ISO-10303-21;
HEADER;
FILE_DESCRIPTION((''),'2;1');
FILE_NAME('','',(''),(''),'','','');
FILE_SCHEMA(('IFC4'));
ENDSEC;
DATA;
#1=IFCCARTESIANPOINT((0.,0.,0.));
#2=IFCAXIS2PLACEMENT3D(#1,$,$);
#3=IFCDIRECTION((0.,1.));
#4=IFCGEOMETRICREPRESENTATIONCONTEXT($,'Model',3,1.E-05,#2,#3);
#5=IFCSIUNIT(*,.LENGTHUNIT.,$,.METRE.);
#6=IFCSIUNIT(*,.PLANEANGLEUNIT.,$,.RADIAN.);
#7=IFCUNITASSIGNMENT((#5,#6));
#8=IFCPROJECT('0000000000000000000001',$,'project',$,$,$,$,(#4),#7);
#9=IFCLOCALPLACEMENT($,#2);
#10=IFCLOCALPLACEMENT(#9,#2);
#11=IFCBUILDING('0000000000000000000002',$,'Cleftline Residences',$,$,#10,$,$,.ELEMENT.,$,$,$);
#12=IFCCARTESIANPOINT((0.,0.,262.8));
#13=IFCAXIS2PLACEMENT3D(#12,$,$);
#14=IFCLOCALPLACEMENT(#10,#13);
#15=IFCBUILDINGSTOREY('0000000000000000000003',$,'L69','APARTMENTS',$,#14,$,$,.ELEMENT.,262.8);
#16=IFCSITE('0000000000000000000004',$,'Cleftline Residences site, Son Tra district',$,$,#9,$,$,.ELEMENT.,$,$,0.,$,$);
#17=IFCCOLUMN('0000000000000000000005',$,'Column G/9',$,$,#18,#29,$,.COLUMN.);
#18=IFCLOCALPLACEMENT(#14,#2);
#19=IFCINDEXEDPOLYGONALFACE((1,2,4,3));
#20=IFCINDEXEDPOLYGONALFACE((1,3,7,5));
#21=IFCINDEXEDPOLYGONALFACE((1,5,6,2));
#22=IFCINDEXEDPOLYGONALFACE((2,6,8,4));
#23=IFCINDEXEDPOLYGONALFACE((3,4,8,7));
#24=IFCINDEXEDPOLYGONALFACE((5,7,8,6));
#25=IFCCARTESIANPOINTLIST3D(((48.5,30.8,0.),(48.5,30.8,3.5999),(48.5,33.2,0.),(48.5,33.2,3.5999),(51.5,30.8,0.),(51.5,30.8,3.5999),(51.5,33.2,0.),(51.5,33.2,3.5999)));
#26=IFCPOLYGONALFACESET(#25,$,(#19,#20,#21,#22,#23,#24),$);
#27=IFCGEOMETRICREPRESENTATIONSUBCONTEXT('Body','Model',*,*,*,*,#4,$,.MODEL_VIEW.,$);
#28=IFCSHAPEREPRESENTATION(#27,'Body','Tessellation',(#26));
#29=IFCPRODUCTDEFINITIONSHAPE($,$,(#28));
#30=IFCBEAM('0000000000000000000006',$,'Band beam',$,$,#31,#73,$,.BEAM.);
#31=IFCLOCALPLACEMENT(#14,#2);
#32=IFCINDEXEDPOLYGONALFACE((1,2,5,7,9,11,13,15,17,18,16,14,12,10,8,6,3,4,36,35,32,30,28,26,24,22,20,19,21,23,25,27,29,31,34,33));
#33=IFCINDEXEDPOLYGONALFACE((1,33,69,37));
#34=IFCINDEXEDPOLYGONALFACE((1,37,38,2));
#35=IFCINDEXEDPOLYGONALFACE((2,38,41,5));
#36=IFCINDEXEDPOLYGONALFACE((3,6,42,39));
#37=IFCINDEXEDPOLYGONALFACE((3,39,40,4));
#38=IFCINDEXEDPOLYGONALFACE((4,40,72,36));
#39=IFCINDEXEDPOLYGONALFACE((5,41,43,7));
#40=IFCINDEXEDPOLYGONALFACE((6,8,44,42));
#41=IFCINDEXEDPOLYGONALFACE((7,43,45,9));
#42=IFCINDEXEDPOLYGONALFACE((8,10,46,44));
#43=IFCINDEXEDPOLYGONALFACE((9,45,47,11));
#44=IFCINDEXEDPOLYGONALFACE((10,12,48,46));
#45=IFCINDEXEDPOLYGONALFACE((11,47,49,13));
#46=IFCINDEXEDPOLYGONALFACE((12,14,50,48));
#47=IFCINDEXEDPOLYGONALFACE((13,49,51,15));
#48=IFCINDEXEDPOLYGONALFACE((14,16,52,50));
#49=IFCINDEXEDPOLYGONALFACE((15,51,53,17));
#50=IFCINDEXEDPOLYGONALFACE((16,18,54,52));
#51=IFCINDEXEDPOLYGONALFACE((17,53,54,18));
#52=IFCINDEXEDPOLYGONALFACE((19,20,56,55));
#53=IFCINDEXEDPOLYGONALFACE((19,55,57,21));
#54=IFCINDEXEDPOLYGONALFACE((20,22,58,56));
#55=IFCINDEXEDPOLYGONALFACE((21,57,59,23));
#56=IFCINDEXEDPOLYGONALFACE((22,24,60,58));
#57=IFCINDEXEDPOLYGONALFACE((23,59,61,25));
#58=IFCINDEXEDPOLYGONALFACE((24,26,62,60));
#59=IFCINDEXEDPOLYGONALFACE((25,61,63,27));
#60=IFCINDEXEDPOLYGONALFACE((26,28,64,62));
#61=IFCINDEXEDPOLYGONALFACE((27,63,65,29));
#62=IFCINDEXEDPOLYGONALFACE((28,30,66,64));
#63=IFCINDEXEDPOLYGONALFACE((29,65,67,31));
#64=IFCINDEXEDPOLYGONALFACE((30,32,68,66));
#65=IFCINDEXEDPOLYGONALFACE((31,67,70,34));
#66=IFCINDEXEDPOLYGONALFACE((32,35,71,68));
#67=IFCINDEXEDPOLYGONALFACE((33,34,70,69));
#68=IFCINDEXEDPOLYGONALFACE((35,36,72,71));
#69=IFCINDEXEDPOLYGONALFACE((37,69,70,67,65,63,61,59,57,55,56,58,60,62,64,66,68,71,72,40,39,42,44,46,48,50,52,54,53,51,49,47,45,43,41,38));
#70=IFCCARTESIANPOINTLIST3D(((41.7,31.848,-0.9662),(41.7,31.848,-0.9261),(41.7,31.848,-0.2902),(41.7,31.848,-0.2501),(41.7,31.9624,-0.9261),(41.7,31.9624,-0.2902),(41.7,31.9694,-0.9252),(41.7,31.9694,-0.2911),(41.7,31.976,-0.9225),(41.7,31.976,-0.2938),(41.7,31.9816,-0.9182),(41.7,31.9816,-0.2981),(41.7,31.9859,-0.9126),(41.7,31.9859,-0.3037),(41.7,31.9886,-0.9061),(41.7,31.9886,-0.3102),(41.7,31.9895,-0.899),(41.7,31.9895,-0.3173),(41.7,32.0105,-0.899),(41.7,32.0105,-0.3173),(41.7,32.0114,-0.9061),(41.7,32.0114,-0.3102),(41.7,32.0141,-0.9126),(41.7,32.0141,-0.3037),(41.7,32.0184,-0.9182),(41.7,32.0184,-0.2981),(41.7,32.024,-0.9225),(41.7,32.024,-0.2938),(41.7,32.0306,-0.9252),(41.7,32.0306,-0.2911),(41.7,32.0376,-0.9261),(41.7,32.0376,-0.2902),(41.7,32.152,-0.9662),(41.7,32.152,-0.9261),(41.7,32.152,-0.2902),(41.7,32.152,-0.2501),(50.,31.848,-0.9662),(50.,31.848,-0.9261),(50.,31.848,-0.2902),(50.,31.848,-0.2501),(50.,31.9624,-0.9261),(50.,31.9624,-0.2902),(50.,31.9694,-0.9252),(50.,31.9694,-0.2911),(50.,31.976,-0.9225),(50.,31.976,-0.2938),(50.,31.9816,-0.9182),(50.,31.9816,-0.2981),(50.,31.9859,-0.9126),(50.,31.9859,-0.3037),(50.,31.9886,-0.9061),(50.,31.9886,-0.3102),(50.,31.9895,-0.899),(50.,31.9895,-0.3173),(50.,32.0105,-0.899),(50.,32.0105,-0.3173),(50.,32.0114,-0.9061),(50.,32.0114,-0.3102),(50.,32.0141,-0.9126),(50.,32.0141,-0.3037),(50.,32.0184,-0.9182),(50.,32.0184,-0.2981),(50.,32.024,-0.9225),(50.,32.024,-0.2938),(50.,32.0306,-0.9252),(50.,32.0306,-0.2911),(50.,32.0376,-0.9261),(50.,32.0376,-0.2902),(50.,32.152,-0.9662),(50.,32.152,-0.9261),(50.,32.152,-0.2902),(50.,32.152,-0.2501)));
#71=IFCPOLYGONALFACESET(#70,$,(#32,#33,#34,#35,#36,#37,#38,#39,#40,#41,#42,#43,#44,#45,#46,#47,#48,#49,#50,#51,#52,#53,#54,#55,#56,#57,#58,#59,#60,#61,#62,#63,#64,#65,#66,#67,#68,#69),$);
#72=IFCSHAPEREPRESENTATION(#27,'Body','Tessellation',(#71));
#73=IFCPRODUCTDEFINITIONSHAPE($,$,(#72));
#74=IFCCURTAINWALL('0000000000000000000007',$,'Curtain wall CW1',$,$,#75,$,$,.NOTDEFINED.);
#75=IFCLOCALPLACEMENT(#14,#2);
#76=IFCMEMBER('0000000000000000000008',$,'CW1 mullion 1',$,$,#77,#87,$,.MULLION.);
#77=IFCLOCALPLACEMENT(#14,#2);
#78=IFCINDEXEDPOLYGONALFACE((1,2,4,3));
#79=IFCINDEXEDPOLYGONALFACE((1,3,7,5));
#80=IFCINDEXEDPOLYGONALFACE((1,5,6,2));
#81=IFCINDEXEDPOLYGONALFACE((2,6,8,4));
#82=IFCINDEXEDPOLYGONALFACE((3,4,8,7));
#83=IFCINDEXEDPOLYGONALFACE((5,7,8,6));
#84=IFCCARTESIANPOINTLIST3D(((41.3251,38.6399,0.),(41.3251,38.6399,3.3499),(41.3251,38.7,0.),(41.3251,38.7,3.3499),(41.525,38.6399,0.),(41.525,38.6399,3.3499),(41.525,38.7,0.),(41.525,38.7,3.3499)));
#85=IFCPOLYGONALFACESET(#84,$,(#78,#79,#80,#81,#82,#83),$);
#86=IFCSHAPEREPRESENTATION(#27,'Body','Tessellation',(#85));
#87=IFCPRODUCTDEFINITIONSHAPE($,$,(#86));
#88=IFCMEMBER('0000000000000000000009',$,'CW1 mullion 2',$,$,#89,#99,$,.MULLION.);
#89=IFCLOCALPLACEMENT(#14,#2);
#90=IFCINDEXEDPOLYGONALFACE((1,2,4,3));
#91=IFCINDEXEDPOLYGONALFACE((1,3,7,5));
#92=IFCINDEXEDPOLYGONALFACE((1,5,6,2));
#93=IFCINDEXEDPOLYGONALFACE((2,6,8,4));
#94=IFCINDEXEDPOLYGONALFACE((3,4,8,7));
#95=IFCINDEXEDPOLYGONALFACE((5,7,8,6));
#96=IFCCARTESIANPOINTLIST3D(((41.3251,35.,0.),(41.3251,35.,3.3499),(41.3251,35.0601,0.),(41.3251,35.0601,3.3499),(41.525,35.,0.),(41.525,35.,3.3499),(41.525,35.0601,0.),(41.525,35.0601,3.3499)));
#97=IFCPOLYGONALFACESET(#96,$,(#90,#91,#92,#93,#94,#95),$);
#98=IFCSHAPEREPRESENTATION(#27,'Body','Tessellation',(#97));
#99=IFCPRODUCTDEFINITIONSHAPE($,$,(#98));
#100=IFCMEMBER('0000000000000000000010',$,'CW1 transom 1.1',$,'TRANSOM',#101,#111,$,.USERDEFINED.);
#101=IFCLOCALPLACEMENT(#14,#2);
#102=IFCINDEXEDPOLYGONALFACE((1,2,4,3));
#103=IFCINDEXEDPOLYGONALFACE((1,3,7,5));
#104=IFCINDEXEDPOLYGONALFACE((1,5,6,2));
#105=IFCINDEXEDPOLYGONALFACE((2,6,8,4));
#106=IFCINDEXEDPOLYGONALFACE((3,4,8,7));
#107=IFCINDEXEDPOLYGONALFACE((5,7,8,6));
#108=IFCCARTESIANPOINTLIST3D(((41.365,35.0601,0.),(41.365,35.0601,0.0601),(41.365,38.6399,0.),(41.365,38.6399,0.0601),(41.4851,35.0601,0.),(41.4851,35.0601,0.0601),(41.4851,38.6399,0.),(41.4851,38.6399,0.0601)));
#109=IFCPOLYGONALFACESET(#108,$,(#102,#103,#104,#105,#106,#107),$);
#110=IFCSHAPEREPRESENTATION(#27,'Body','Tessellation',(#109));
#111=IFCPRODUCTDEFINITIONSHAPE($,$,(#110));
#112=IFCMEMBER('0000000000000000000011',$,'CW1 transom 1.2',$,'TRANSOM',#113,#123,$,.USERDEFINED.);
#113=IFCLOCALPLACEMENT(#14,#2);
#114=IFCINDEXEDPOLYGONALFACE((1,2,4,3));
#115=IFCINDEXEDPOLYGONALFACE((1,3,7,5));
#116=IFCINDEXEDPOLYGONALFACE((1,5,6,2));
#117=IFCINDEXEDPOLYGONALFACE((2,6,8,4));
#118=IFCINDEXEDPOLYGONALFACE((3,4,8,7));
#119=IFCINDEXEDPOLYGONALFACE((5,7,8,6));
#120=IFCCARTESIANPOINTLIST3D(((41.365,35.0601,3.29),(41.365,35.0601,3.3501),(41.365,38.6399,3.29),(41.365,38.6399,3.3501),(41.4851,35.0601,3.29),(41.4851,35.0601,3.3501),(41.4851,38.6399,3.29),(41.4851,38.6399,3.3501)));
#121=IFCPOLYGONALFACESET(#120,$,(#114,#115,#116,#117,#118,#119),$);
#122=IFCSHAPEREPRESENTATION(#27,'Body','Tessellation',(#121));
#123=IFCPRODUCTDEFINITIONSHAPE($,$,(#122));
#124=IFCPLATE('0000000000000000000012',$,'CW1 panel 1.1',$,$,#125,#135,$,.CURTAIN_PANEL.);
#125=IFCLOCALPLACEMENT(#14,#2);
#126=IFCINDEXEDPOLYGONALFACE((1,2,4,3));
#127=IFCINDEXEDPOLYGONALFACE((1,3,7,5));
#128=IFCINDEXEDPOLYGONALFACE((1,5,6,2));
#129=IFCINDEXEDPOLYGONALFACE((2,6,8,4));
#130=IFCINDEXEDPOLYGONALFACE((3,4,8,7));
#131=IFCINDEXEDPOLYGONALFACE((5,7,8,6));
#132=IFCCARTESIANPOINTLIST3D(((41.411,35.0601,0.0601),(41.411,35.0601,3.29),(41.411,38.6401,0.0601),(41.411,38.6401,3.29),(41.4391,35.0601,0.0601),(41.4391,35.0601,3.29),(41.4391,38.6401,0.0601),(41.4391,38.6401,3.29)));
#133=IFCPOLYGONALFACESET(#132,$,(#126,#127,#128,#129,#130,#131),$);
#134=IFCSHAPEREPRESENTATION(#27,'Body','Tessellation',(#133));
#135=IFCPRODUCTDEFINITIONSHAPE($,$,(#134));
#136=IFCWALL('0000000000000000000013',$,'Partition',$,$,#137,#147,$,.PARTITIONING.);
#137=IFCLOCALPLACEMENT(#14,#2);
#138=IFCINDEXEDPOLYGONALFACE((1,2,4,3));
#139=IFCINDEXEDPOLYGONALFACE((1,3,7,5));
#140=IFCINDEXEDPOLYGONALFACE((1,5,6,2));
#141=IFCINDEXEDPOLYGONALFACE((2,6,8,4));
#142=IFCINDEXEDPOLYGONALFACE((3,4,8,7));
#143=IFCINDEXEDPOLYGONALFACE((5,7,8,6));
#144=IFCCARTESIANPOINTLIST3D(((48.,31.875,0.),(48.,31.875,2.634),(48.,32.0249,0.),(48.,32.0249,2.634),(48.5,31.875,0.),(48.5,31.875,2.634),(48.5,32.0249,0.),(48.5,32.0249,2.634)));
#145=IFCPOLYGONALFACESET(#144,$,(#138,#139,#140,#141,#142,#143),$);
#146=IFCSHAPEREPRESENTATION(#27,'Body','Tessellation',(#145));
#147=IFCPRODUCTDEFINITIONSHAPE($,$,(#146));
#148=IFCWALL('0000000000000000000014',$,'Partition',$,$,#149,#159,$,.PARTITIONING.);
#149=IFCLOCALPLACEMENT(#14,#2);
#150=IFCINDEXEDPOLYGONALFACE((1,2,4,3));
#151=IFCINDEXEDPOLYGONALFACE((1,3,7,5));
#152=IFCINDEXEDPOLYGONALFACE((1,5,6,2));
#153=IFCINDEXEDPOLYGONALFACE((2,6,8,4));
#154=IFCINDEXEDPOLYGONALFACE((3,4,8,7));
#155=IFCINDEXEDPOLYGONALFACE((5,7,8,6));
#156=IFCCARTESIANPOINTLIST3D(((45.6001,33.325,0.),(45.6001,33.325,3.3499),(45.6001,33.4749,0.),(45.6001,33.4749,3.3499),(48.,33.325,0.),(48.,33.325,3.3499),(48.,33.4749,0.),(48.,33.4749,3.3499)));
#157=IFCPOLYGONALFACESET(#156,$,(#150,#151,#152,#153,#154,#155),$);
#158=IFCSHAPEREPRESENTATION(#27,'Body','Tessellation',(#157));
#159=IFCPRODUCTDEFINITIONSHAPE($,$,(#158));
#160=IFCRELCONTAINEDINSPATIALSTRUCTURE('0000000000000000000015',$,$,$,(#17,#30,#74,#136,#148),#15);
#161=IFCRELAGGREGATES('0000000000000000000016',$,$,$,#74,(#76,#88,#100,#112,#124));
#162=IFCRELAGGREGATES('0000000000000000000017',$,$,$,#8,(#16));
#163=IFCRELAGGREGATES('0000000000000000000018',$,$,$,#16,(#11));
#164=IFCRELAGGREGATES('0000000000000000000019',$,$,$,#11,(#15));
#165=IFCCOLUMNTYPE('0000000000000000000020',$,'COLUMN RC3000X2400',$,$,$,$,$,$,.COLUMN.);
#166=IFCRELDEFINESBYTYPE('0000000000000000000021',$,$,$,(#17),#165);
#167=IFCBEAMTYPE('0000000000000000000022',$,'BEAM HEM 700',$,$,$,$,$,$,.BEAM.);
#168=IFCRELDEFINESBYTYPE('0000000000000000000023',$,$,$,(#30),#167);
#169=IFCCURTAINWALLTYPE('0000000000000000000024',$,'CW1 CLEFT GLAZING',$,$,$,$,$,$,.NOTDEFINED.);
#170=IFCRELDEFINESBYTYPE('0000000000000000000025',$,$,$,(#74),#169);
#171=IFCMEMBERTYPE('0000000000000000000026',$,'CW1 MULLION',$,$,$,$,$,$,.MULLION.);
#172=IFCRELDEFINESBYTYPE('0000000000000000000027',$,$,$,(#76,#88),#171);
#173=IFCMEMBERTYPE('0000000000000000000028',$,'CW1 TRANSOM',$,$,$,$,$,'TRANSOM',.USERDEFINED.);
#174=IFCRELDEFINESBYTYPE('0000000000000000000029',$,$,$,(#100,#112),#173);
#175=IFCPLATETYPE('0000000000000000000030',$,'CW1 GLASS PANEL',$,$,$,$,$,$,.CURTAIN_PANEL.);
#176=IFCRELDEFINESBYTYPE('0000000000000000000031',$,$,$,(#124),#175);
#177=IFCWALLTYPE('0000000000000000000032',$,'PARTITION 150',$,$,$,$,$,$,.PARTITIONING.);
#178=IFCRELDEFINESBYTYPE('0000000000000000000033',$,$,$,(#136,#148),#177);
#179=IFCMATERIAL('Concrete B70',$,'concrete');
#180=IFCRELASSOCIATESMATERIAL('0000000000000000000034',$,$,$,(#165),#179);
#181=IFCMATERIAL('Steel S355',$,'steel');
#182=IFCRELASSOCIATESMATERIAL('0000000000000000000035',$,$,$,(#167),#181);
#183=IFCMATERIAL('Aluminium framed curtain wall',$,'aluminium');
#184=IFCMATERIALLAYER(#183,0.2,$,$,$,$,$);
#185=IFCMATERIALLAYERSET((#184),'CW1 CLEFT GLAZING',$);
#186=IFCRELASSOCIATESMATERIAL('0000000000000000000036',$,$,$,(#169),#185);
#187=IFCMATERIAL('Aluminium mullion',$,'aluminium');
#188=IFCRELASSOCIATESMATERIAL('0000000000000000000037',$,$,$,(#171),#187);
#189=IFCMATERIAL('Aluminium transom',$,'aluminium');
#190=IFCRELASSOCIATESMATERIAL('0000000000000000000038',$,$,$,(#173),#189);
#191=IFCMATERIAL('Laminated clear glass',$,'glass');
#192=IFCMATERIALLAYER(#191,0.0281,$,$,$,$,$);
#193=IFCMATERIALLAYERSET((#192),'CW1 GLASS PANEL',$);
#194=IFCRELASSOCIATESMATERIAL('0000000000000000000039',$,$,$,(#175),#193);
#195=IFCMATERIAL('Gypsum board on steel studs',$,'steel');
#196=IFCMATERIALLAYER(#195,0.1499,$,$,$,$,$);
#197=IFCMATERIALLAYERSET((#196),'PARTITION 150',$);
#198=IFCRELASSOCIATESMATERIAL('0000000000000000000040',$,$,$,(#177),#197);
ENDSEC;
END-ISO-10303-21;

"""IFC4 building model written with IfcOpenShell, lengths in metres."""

from ifc_helpers import new_model, si_unit, direction, frame, frame_2d, origin, origin_2d, place, context, subcontext, project, spatial, rectangle, i_section, extrude, material, layer, layer_set, material_profile, profile_set, type_object, element, aggregate, save


model = new_model("IFC4")

# Units and contexts
model_context = context("Model", 3, precision=1e-05, world=origin(), true_north=direction((0.0, 1.0)))
body_context = subcontext(model_context, "Body", "Model", "MODEL_VIEW")
ifc_project = project(units=[si_unit("LENGTHUNIT", "METRE"), si_unit("PLANEANGLEUNIT", "RADIAN")], contexts=[model_context])

# Site, building, storey
site_placement = place(None, origin())
site = spatial("IfcSite", under=ifc_project, at=site_placement, Name="Cleftline Residences site, Son Tra district", CompositionType="ELEMENT", RefElevation=0.0)
building_placement = place(site_placement, origin())
building = spatial("IfcBuilding", under=site, at=building_placement, Name="Cleftline Residences", CompositionType="ELEMENT")
storey_placement = place(building_placement, frame((0.0, 0.0, 262.8)))
storey = spatial("IfcBuildingStorey", under=building, at=storey_placement, Name="L69", Description="APARTMENTS", CompositionType="ELEMENT", Elevation=262.8)

# Column
ifc_material_1 = material(Name="Concrete B70", Category="concrete")
ifc_material_profile_1 = material_profile(ifc_material_1, rectangle(XDim=3.0, YDim=2.3999, at=origin_2d()))
ifc_profile_set_1 = profile_set([ifc_material_profile_1], Name="Concrete B70")
column_type = type_object("IfcColumnType", Name="COLUMN RC3000X2400", PredefinedType="COLUMN", material=ifc_profile_set_1)
column_placement = place(storey_placement, frame((50.0, 32.0, 0.0), z_axis=(0.0, 0.0, 1.0), x_axis=(1.0, 0.0, 0.0)))
element("IfcColumn", 1, at=column_placement, inside=storey, type_object=column_type, Name="Column G/9", PredefinedType="COLUMN", context=body_context, shape_type="SweptSolid", body=[
    extrude(rectangle(XDim=3.0, YDim=2.3999, at=origin_2d()), origin(), (0.0, 0.0, 1.0), 3.5999),
])

# Beam
ifc_material_2 = material(Name="Steel S355", Category="steel")
ifc_material_profile_2 = material_profile(ifc_material_2, i_section(OverallWidth=0.304, OverallDepth=0.7161, WebThickness=0.021, FlangeThickness=0.04, FilletRadius=0.0271, at=origin_2d()))
ifc_profile_set_2 = profile_set([ifc_material_profile_2], Name="Steel S355")
beam_type = type_object("IfcBeamType", Name="BEAM HEM 700", PredefinedType="BEAM", material=ifc_profile_set_2)
beam_placement = place(storey_placement, frame((50.0, 32.0, -0.6082), z_axis=(-1.0, 0.0, 0.0), x_axis=(0.0, -1.0, 0.0)))
element("IfcBeam", 2, at=beam_placement, inside=storey, type_object=beam_type, Name="Band beam", PredefinedType="BEAM", context=body_context, shape_type="SweptSolid", body=[
    extrude(i_section(OverallWidth=0.304, OverallDepth=0.7161, WebThickness=0.021, FlangeThickness=0.04, FilletRadius=0.0271, at=origin_2d()), origin(), (0.0, 0.0, 1.0), 8.3),
])

# Curtain wall, members, plate
ifc_material_3 = material(Name="Aluminium framed curtain wall", Category="aluminium")
ifc_layer_1 = layer(ifc_material_3, 0.2)
ifc_layer_set_1 = layer_set([ifc_layer_1], Name="CW1 CLEFT GLAZING")
curtain_wall_type = type_object("IfcCurtainWallType", Name="CW1 CLEFT GLAZING", PredefinedType="NOTDEFINED", material=ifc_layer_set_1)
curtain_wall_placement = place(storey_placement, origin())
curtain_wall = element("IfcCurtainWall", 3, at=curtain_wall_placement, inside=storey, type_object=curtain_wall_type, Name="Curtain wall CW1", PredefinedType="NOTDEFINED")
ifc_material_4 = material(Name="Aluminium mullion", Category="aluminium")
ifc_material_profile_3 = material_profile(ifc_material_4, rectangle(XDim=0.2, YDim=0.0601, at=origin_2d()))
ifc_profile_set_3 = profile_set([ifc_material_profile_3], Name="Aluminium mullion")
member_type_1 = type_object("IfcMemberType", Name="CW1 MULLION", PredefinedType="MULLION", material=ifc_profile_set_3)
member_1_placement = place(storey_placement, frame((41.425, 38.6699, 0.0), z_axis=(0.0, 0.0, 1.0), x_axis=(1.0, 0.0, 0.0)))
member_1 = element("IfcMember", 4, at=member_1_placement, type_object=member_type_1, Name="CW1 mullion 1", PredefinedType="MULLION", context=body_context, shape_type="SweptSolid", body=[
    extrude(rectangle(XDim=0.2, YDim=0.0601, at=origin_2d()), origin(), (0.0, 0.0, 1.0), 3.3499),
])
member_2_placement = place(storey_placement, frame((41.425, 35.03, 0.0), z_axis=(0.0, 0.0, 1.0), x_axis=(1.0, 0.0, 0.0)))
member_2 = element("IfcMember", 5, at=member_2_placement, type_object=member_type_1, Name="CW1 mullion 2", PredefinedType="MULLION", context=body_context, shape_type="SweptSolid", body=[
    extrude(rectangle(XDim=0.2, YDim=0.0601, at=origin_2d()), origin(), (0.0, 0.0, 1.0), 3.3499),
])
ifc_material_5 = material(Name="Aluminium transom", Category="aluminium")
ifc_material_profile_4 = material_profile(ifc_material_5, rectangle(XDim=0.1201, YDim=0.0601, at=origin_2d()))
ifc_profile_set_4 = profile_set([ifc_material_profile_4], Name="Aluminium transom")
member_type_2 = type_object("IfcMemberType", Name="CW1 TRANSOM", ElementType="TRANSOM", PredefinedType="USERDEFINED", material=ifc_profile_set_4)
member_3_placement = place(storey_placement, frame((41.425, 38.6399, 0.03), z_axis=(0.0, -1.0, 0.0), x_axis=(1.0, 0.0, 0.0)))
member_3 = element("IfcMember", 6, at=member_3_placement, type_object=member_type_2, Name="CW1 transom 1.1", ObjectType="TRANSOM", PredefinedType="USERDEFINED", context=body_context, shape_type="SweptSolid", body=[
    extrude(rectangle(XDim=0.1201, YDim=0.0601, at=origin_2d()), origin(), (0.0, 0.0, 1.0), 3.5798),
])
member_4_placement = place(storey_placement, frame((41.425, 38.6399, 3.3201), z_axis=(0.0, -1.0, 0.0), x_axis=(1.0, 0.0, 0.0)))
member_4 = element("IfcMember", 7, at=member_4_placement, type_object=member_type_2, Name="CW1 transom 1.2", ObjectType="TRANSOM", PredefinedType="USERDEFINED", context=body_context, shape_type="SweptSolid", body=[
    extrude(rectangle(XDim=0.1201, YDim=0.0601, at=origin_2d()), origin(), (0.0, 0.0, 1.0), 3.5798),
])
ifc_material_6 = material(Name="Laminated clear glass", Category="glass")
ifc_layer_2 = layer(ifc_material_6, 0.0281)
ifc_layer_set_2 = layer_set([ifc_layer_2], Name="CW1 GLASS PANEL")
plate_type = type_object("IfcPlateType", Name="CW1 GLASS PANEL", PredefinedType="CURTAIN_PANEL", material=ifc_layer_set_2)
plate_placement = place(storey_placement, frame((41.425, 36.8501, 0.0601), z_axis=(0.0, 0.0, 1.0), x_axis=(0.0, -1.0, 0.0)))
plate = element("IfcPlate", 8, at=plate_placement, type_object=plate_type, Name="CW1 panel 1.1", PredefinedType="CURTAIN_PANEL", context=body_context, shape_type="SweptSolid", body=[
    extrude(rectangle(XDim=3.5801, YDim=0.0281, at=origin_2d()), origin(), (0.0, 0.0, 1.0), 3.23),
])
aggregate(curtain_wall, [member_1, member_2, member_3, member_4, plate])

# Walls
ifc_material_7 = material(Name="Gypsum board on steel studs", Category="steel")
ifc_layer_3 = layer(ifc_material_7, 0.1499)
ifc_layer_set_3 = layer_set([ifc_layer_3], Name="PARTITION 150")
wall_type = type_object("IfcWallType", Name="PARTITION 150", PredefinedType="PARTITIONING", material=ifc_layer_set_3)
wall_1_placement = place(storey_placement, frame((48.0, 31.95, 0.0), z_axis=(0.0, 0.0, 1.0), x_axis=(1.0, 0.0, 0.0)))
element("IfcWall", 9, at=wall_1_placement, inside=storey, type_object=wall_type, Name="Partition", PredefinedType="PARTITIONING", context=body_context, shape_type="SweptSolid", body=[
    extrude(rectangle(XDim=0.5, YDim=0.1499, at=frame_2d((0.25, 0.0))), origin(), (0.0, 0.0, 1.0), 2.634),
])
wall_2_placement = place(storey_placement, frame((45.6001, 33.3999, 0.0), z_axis=(0.0, 0.0, 1.0), x_axis=(1.0, 0.0, 0.0)))
element("IfcWall", 10, at=wall_2_placement, inside=storey, type_object=wall_type, Name="Partition", PredefinedType="PARTITIONING", context=body_context, shape_type="SweptSolid", body=[
    extrude(rectangle(XDim=2.3999, YDim=0.1499, at=frame_2d((1.2, 0.0))), origin(), (0.0, 0.0, 1.0), 3.3499),
])

save(model, "model.ifc")
